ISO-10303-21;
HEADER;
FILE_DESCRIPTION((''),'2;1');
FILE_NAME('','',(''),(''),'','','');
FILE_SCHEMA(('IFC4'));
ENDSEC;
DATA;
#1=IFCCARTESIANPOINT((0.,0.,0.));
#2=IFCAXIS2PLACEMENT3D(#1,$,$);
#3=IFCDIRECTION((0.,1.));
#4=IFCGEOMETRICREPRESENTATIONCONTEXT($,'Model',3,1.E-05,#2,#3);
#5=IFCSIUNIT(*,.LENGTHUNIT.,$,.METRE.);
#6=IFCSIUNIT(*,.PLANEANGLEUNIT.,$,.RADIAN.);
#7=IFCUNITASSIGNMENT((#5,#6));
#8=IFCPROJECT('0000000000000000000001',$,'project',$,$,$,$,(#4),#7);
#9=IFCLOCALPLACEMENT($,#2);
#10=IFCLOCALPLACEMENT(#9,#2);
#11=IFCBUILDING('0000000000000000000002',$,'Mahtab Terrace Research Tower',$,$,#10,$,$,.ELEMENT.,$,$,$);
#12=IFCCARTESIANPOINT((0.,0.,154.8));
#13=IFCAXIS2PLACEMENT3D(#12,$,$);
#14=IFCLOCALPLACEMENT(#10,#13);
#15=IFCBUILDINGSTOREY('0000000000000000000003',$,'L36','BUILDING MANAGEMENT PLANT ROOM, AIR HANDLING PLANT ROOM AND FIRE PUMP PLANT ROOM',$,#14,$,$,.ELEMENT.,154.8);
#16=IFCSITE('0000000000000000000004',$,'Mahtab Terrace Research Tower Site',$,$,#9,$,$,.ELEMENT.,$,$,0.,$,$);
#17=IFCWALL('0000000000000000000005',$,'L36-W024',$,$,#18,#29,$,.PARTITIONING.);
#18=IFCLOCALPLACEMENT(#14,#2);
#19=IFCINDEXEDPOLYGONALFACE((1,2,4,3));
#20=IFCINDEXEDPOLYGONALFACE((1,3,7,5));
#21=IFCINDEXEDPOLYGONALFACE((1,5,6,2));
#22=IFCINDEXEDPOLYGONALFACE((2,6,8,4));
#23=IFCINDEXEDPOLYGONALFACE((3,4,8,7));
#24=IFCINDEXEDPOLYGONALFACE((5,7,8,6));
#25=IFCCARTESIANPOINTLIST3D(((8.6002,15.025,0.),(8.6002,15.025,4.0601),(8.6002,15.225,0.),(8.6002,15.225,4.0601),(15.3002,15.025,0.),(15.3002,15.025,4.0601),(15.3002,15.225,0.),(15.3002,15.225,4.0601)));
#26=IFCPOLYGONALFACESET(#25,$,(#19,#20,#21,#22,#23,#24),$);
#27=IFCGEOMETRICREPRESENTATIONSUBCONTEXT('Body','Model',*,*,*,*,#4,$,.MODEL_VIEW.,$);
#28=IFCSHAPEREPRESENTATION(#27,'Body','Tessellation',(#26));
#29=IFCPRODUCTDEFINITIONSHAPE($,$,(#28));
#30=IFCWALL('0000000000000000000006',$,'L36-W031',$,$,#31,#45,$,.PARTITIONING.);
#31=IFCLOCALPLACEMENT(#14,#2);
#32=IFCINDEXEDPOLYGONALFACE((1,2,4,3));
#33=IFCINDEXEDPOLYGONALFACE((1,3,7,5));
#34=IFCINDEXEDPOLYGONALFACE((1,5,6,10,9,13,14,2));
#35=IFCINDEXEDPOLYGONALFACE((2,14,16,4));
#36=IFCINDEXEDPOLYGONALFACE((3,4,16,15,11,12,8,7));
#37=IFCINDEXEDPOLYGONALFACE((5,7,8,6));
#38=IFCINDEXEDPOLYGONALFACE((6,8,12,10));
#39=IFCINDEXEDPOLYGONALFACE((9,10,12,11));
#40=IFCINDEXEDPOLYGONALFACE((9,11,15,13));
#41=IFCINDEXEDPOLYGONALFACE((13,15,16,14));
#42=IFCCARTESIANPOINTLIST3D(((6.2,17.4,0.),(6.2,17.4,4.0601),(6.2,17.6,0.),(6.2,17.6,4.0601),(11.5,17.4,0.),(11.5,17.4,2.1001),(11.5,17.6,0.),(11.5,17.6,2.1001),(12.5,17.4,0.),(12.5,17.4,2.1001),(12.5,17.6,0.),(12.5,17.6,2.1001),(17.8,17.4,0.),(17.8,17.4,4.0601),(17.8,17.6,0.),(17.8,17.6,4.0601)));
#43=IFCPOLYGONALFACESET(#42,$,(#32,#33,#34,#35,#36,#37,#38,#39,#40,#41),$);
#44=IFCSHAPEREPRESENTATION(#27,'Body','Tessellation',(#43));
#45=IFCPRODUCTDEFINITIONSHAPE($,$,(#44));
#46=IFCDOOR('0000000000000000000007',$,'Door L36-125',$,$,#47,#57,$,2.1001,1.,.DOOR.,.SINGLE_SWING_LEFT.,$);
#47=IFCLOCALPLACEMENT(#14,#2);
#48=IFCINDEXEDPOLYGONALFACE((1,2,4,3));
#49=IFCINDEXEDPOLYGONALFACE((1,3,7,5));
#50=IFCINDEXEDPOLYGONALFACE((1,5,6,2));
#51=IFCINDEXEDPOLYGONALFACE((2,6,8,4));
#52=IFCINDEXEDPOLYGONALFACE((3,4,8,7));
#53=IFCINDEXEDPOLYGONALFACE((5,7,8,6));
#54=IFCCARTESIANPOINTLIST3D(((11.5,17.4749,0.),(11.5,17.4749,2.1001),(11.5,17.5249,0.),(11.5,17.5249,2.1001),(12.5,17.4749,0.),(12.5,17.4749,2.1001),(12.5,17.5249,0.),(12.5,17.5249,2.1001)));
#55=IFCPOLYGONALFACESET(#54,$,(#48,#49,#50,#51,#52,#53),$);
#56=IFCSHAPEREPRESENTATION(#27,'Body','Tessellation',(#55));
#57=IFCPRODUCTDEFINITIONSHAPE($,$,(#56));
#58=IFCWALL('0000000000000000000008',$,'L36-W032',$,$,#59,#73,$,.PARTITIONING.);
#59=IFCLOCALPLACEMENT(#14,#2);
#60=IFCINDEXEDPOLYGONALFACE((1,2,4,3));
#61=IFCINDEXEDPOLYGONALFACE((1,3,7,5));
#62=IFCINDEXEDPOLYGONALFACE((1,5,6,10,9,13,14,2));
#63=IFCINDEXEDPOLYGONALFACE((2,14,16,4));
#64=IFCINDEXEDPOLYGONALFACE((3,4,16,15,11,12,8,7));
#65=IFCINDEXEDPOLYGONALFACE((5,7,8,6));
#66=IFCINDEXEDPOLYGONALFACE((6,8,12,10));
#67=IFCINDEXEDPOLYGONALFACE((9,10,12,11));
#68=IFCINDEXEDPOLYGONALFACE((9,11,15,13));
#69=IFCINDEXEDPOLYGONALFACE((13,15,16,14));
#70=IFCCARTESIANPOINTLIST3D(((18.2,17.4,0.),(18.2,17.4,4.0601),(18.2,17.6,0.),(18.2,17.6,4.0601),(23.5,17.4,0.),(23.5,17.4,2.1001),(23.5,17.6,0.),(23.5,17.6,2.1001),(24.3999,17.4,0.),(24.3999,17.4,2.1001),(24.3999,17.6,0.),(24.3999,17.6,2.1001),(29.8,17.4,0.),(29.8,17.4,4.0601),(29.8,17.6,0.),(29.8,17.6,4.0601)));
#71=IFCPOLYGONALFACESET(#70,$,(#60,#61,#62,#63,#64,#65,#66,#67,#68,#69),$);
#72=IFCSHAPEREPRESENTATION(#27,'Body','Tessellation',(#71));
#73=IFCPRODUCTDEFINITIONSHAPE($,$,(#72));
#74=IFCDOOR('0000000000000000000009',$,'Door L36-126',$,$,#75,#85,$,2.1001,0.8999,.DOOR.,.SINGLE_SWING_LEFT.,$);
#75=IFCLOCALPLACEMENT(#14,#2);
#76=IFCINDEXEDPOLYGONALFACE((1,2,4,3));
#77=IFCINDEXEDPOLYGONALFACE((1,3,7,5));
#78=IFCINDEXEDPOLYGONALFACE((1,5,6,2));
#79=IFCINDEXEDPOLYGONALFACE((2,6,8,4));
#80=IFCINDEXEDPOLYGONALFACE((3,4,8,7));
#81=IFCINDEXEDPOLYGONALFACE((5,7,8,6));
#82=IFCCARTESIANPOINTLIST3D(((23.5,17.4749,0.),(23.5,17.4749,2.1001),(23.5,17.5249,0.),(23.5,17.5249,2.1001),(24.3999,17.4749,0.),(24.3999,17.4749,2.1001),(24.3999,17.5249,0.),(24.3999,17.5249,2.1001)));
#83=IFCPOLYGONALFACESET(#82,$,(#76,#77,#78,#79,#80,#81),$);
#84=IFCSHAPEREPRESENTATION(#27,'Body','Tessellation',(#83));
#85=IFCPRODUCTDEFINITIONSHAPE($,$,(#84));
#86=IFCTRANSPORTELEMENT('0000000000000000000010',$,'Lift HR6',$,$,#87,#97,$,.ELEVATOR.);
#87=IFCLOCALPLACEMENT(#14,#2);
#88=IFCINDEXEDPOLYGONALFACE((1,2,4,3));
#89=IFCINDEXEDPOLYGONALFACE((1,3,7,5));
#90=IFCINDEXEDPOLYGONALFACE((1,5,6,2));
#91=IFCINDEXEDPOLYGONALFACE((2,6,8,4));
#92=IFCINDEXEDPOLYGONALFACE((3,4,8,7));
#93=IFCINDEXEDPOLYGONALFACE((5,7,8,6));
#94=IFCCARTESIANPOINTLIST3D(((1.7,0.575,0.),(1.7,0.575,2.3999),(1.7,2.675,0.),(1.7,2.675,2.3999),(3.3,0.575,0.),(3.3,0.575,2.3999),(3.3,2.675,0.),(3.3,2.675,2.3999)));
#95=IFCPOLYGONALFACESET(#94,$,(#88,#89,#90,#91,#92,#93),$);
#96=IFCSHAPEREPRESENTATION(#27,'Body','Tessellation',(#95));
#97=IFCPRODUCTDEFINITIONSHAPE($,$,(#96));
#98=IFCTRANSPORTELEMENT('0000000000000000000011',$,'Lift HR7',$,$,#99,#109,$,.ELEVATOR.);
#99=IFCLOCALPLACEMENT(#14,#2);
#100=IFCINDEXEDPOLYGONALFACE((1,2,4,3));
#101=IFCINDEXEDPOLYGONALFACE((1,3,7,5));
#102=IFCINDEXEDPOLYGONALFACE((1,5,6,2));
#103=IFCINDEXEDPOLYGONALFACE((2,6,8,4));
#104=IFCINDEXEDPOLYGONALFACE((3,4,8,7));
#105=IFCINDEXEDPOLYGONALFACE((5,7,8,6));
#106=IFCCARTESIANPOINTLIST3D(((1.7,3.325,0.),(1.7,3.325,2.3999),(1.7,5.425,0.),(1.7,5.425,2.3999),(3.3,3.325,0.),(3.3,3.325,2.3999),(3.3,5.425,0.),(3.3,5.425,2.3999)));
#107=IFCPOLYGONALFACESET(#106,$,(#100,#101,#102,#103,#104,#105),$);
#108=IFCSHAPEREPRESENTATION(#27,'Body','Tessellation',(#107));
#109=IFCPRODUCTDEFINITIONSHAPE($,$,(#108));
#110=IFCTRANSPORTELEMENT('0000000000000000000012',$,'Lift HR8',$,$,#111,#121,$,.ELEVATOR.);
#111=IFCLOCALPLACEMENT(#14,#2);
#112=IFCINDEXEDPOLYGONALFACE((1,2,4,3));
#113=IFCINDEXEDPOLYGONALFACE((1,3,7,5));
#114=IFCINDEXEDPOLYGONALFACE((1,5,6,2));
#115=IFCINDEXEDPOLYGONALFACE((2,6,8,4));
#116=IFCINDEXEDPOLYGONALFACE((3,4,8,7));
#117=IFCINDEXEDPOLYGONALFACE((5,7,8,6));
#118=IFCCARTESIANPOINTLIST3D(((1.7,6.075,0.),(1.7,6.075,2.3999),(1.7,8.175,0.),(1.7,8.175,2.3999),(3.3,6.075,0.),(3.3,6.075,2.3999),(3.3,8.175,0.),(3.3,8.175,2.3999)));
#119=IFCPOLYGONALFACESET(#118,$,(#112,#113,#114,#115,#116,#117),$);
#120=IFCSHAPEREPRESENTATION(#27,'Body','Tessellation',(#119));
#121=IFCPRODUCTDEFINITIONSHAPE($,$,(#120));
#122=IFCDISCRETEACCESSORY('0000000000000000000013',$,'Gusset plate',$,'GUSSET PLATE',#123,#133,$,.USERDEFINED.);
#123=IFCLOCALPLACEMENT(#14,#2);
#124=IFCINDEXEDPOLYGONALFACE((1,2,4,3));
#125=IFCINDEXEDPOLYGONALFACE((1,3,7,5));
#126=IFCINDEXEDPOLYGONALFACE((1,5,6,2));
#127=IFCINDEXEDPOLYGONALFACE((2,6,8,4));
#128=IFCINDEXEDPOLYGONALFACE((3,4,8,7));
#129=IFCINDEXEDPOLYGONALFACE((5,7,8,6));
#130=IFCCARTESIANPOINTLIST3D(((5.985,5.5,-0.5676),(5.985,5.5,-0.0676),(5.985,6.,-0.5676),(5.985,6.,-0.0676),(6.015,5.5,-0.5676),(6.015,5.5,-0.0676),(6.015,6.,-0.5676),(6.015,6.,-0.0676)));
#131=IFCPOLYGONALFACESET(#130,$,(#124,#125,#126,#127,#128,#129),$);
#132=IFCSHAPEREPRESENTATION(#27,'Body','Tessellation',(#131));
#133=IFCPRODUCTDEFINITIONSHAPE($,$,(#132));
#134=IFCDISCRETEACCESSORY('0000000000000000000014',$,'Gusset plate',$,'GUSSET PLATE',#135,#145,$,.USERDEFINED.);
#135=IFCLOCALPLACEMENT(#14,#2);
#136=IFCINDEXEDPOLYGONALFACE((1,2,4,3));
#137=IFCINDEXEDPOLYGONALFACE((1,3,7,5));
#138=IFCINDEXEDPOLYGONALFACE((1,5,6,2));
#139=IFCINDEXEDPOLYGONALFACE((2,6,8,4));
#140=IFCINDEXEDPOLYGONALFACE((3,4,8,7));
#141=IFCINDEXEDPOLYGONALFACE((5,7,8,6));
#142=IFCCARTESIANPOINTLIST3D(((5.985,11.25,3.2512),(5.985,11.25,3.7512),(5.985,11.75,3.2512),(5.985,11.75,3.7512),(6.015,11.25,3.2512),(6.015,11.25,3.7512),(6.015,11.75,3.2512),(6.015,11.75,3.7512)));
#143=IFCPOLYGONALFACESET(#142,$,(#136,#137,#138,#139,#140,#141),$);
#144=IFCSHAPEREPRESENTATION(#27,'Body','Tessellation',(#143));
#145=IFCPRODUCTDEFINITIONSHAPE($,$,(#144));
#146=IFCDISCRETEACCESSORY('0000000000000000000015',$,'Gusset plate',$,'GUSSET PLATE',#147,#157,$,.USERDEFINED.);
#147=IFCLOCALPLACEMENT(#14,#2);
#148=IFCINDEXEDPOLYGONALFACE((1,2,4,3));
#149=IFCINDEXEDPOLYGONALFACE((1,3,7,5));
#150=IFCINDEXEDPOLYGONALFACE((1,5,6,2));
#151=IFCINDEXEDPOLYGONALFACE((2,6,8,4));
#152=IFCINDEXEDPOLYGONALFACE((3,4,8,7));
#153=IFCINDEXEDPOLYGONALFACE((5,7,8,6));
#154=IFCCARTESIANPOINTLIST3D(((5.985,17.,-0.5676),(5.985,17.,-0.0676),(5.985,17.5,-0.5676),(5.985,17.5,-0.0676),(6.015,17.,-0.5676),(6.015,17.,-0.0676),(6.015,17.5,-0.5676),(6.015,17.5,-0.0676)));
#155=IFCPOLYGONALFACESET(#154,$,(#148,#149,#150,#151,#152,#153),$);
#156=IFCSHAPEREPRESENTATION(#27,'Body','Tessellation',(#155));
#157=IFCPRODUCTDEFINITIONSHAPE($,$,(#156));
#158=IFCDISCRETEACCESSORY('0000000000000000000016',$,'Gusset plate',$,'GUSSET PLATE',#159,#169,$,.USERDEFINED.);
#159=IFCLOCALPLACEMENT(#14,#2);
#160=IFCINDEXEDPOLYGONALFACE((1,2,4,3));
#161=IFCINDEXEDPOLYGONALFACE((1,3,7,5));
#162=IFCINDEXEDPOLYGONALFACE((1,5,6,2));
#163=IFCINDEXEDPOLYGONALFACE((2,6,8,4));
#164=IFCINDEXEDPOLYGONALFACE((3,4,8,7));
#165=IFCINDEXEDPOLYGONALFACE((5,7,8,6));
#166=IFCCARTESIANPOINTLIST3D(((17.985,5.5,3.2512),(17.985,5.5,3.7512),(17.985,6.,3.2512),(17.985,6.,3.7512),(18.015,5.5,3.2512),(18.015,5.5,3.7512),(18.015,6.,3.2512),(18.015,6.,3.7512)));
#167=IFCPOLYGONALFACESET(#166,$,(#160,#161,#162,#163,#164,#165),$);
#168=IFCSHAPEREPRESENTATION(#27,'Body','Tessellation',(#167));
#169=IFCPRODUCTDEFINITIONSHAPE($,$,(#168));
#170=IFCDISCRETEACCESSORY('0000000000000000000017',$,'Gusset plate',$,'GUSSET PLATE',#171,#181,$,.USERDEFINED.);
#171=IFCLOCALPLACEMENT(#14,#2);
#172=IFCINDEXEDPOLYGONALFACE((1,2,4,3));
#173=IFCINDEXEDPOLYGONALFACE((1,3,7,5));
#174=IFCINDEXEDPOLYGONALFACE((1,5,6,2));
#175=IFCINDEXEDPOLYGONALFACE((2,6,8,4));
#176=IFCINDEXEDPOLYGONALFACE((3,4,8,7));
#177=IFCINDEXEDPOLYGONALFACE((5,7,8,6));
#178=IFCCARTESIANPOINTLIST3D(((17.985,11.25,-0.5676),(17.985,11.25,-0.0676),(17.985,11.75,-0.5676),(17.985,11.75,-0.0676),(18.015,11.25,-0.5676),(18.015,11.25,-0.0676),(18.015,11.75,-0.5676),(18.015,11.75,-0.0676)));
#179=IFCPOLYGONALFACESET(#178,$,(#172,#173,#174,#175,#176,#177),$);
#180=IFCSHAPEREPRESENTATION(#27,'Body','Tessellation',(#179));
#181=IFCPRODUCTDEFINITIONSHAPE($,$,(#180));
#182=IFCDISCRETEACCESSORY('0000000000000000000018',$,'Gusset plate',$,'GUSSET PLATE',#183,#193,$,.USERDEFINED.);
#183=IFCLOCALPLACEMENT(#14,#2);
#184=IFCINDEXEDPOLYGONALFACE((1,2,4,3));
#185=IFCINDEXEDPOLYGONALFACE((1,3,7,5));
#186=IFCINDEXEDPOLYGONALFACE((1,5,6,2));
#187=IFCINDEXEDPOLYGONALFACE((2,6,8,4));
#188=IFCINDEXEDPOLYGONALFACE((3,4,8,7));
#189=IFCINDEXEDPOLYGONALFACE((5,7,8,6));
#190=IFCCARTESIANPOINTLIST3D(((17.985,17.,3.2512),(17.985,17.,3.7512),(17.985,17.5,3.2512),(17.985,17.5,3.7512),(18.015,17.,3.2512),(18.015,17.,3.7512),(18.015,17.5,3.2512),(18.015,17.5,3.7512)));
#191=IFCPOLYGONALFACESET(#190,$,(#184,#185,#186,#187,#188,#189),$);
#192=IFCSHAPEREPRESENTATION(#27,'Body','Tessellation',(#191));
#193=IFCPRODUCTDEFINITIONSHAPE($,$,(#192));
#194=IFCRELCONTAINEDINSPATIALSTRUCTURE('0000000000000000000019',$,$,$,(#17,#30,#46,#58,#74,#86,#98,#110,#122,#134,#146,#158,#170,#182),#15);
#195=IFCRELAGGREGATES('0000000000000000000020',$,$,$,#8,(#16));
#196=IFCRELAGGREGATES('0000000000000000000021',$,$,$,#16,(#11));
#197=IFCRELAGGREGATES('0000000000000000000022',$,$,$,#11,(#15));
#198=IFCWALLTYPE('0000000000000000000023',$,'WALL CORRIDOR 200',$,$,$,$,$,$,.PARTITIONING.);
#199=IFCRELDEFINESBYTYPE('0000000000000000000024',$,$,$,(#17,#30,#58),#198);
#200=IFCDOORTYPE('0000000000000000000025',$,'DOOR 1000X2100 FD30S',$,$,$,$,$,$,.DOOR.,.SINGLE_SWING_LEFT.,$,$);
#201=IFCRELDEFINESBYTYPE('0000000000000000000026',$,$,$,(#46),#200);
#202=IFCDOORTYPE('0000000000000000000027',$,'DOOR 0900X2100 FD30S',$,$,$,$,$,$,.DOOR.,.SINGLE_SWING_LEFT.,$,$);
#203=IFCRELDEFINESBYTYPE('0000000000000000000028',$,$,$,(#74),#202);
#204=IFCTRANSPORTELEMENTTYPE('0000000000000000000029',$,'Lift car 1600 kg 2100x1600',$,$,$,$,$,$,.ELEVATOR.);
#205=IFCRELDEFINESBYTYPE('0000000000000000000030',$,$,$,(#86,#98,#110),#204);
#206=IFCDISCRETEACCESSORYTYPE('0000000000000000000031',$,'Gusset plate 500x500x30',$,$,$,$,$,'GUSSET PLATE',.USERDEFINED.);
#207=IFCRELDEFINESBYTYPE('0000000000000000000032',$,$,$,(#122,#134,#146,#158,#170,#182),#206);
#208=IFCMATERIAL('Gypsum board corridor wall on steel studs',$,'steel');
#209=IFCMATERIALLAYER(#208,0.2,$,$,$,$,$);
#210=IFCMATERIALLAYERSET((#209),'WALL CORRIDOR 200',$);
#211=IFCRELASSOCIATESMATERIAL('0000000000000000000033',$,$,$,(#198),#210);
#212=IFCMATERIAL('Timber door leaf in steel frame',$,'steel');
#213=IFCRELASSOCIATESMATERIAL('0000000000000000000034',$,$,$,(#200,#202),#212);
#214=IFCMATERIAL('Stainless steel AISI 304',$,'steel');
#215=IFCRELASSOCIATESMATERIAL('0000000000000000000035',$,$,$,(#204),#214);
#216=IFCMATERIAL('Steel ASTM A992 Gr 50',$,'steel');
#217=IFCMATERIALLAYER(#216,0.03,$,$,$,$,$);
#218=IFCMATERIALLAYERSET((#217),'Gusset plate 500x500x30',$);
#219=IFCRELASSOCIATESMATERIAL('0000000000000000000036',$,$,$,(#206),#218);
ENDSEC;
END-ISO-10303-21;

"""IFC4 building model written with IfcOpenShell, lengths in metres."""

from ifc_helpers import new_model, si_unit, direction, frame, frame_2d, origin, origin_2d, place, context, subcontext, project, spatial, rectangle, extrude, material, layer, layer_set, type_object, element, fill, save


model = new_model("IFC4")

# Units and contexts
model_context = context("Model", 3, precision=1e-05, world=origin(), true_north=direction((0.0, 1.0)))
body_context = subcontext(model_context, "Body", "Model", "MODEL_VIEW")
ifc_project = project(units=[si_unit("LENGTHUNIT", "METRE"), si_unit("PLANEANGLEUNIT", "RADIAN")], contexts=[model_context])

# Site, building, storey
site_placement = place(None, origin())
site = spatial("IfcSite", under=ifc_project, at=site_placement, Name="Mahtab Terrace Research Tower Site", CompositionType="ELEMENT", RefElevation=0.0)
building_placement = place(site_placement, origin())
building = spatial("IfcBuilding", under=site, at=building_placement, Name="Mahtab Terrace Research Tower", CompositionType="ELEMENT")
storey_placement = place(building_placement, frame((0.0, 0.0, 154.8)))
storey = spatial("IfcBuildingStorey", under=building, at=storey_placement, Name="L36", Description="BUILDING MANAGEMENT PLANT ROOM, AIR HANDLING PLANT ROOM AND FIRE PUMP PLANT ROOM", CompositionType="ELEMENT", Elevation=154.8)

# Shared definitions
ifc_material_1 = material(Name="Steel ASTM A992 Gr 50", Category="steel")

# Wall
ifc_material_2 = material(Name="Gypsum board corridor wall on steel studs", Category="steel")
ifc_layer_1 = layer(ifc_material_2, 0.2)
ifc_layer_set_1 = layer_set([ifc_layer_1], Name="WALL CORRIDOR 200")
wall_type_1 = type_object("IfcWallType", Name="WALL CORRIDOR 200", PredefinedType="PARTITIONING", material=ifc_layer_set_1)
wall_1_placement = place(storey_placement, frame((8.6001, 15.125, 0.0), z_axis=(0.0, 0.0, 1.0), x_axis=(1.0, 0.0, 0.0)))
element("IfcWall", 1, at=wall_1_placement, inside=storey, type_object=wall_type_1, Name="L36-W024", PredefinedType="PARTITIONING", context=body_context, shape_type="SweptSolid", body=[
    extrude(rectangle(XDim=6.7, YDim=0.2, at=frame_2d((3.3501, 0.0))), origin(), (0.0, 0.0, 1.0), 4.0601),
])

# Walls, openings, doors
wall_2_placement = place(storey_placement, frame((6.2, 17.5, 0.0), z_axis=(0.0, 0.0, 1.0), x_axis=(1.0, 0.0, 0.0)))
wall_2 = element("IfcWall", 2, at=wall_2_placement, inside=storey, type_object=wall_type_1, Name="L36-W031", PredefinedType="PARTITIONING", context=body_context, shape_type="SweptSolid", body=[
    extrude(rectangle(XDim=11.6001, YDim=0.2, at=frame_2d((5.8, 0.0))), origin(), (0.0, 0.0, 1.0), 4.0601),
])
opening_1_placement = place(wall_2_placement, frame((5.3, 0.0, 0.0)))
opening_1 = element("IfcOpeningElement", 3, at=opening_1_placement, cuts=wall_2, PredefinedType="OPENING", context=body_context, shape_type="SweptSolid", body=[
    extrude(rectangle(XDim=1.0, YDim=2.1001, at=frame_2d((0.5, 1.05))), frame((0.0, 0.1099, 0.0), z_axis=(0.0, -1.0, 0.0), x_axis=(1.0, 0.0, 0.0)), (0.0, 0.0, 1.0), 0.22),
])
ifc_material_3 = material(Name="Timber door leaf in steel frame", Category="steel")
door_type_1 = type_object("IfcDoorType", Name="DOOR 1000X2100 FD30S", OperationType="SINGLE_SWING_LEFT", PredefinedType="DOOR", material=ifc_material_3)
door_1_placement = place(opening_1_placement, origin())
door_1 = element("IfcDoor", 4, at=door_1_placement, inside=storey, type_object=door_type_1, Name="Door L36-125", OperationType="SINGLE_SWING_LEFT", OverallHeight=2.1001, OverallWidth=1.0, PredefinedType="DOOR", context=body_context, shape_type="SweptSolid", body=[
    extrude(rectangle(XDim=1.0, YDim=2.1001, at=frame_2d((0.5, 1.05))), frame((0.0, 0.0249, 0.0), z_axis=(0.0, -1.0, 0.0), x_axis=(1.0, 0.0, 0.0)), (0.0, 0.0, 1.0), 0.05),
])
fill(opening_1, door_1)
wall_3_placement = place(storey_placement, frame((18.2, 17.5, 0.0), z_axis=(0.0, 0.0, 1.0), x_axis=(1.0, 0.0, 0.0)))
wall_3 = element("IfcWall", 5, at=wall_3_placement, inside=storey, type_object=wall_type_1, Name="L36-W032", PredefinedType="PARTITIONING", context=body_context, shape_type="SweptSolid", body=[
    extrude(rectangle(XDim=11.6001, YDim=0.2, at=frame_2d((5.8, 0.0))), origin(), (0.0, 0.0, 1.0), 4.0601),
])
opening_2_placement = place(wall_3_placement, frame((5.3, 0.0, 0.0)))
opening_2 = element("IfcOpeningElement", 6, at=opening_2_placement, cuts=wall_3, PredefinedType="OPENING", context=body_context, shape_type="SweptSolid", body=[
    extrude(rectangle(XDim=0.8999, YDim=2.1001, at=frame_2d((0.45, 1.05))), frame((0.0, 0.1099, 0.0), z_axis=(0.0, -1.0, 0.0), x_axis=(1.0, 0.0, 0.0)), (0.0, 0.0, 1.0), 0.22),
])
door_type_2 = type_object("IfcDoorType", Name="DOOR 0900X2100 FD30S", OperationType="SINGLE_SWING_LEFT", PredefinedType="DOOR", material=ifc_material_3)
door_2_placement = place(opening_2_placement, origin())
door_2 = element("IfcDoor", 7, at=door_2_placement, inside=storey, type_object=door_type_2, Name="Door L36-126", OperationType="SINGLE_SWING_LEFT", OverallHeight=2.1001, OverallWidth=0.8999, PredefinedType="DOOR", context=body_context, shape_type="SweptSolid", body=[
    extrude(rectangle(XDim=0.8999, YDim=2.1001, at=frame_2d((0.45, 1.05))), frame((0.0, 0.0249, 0.0), z_axis=(0.0, -1.0, 0.0), x_axis=(1.0, 0.0, 0.0)), (0.0, 0.0, 1.0), 0.05),
])
fill(opening_2, door_2)

# Transport elements
ifc_material_4 = material(Name="Stainless steel AISI 304", Category="steel")
transport_element_type = type_object("IfcTransportElementType", Name="Lift car 1600 kg 2100x1600", PredefinedType="ELEVATOR", material=ifc_material_4)
for number, where, z_axis, x_axis, name in (
    (8, (2.5, 1.625, 0.0), (0.0, 0.0, 1.0), (1.0, 0.0, 0.0), "Lift HR6"),
    (9, (2.5, 4.375, 0.0), (0.0, 0.0, 1.0), (1.0, 0.0, 0.0), "Lift HR7"),
    (10, (2.5, 7.125, 0.0), (0.0, 0.0, 1.0), (1.0, 0.0, 0.0), "Lift HR8"),
):
    element("IfcTransportElement", number, at=place(storey_placement, frame(where, z_axis=z_axis, x_axis=x_axis)), inside=storey, type_object=transport_element_type, Name=name, PredefinedType="ELEVATOR", context=body_context, shape_type="SweptSolid", body=[
        extrude(rectangle(XDim=1.6001, YDim=2.1001, at=origin_2d()), origin(), (0.0, 0.0, 1.0), 2.3999),
    ])

# Discrete accessories
ifc_layer_2 = layer(ifc_material_1, 0.03)
ifc_layer_set_2 = layer_set([ifc_layer_2], Name="Gusset plate 500x500x30")
discrete_accessory_type = type_object("IfcDiscreteAccessoryType", Name="Gusset plate 500x500x30", ElementType="GUSSET PLATE", PredefinedType="USERDEFINED", material=ifc_layer_set_2)
for number, where, z_axis, x_axis, name in (
    (11, (6.0, 5.75, -0.5676), (0.0, 0.0, 1.0), (0.0, 1.0, 0.0), "Gusset plate"),
    (12, (6.0, 11.5, 3.2512), (0.0, 0.0, 1.0), (0.0, 1.0, 0.0), "Gusset plate"),
    (13, (6.0, 17.25, -0.5676), (0.0, 0.0, 1.0), (0.0, 1.0, 0.0), "Gusset plate"),
    (14, (18.0, 5.75, 3.2512), (0.0, 0.0, 1.0), (0.0, 1.0, 0.0), "Gusset plate"),
    (15, (18.0, 11.5, -0.5676), (0.0, 0.0, 1.0), (0.0, 1.0, 0.0), "Gusset plate"),
    (16, (18.0, 17.25, 3.2512), (0.0, 0.0, 1.0), (0.0, 1.0, 0.0), "Gusset plate"),
):
    element("IfcDiscreteAccessory", number, at=place(storey_placement, frame(where, z_axis=z_axis, x_axis=x_axis)), inside=storey, type_object=discrete_accessory_type, Name=name, ObjectType="GUSSET PLATE", PredefinedType="USERDEFINED", context=body_context, shape_type="SweptSolid", body=[
        extrude(rectangle(XDim=0.5, YDim=0.03, at=origin_2d()), origin(), (0.0, 0.0, 1.0), 0.5),
    ])

save(model, "model.ifc")
